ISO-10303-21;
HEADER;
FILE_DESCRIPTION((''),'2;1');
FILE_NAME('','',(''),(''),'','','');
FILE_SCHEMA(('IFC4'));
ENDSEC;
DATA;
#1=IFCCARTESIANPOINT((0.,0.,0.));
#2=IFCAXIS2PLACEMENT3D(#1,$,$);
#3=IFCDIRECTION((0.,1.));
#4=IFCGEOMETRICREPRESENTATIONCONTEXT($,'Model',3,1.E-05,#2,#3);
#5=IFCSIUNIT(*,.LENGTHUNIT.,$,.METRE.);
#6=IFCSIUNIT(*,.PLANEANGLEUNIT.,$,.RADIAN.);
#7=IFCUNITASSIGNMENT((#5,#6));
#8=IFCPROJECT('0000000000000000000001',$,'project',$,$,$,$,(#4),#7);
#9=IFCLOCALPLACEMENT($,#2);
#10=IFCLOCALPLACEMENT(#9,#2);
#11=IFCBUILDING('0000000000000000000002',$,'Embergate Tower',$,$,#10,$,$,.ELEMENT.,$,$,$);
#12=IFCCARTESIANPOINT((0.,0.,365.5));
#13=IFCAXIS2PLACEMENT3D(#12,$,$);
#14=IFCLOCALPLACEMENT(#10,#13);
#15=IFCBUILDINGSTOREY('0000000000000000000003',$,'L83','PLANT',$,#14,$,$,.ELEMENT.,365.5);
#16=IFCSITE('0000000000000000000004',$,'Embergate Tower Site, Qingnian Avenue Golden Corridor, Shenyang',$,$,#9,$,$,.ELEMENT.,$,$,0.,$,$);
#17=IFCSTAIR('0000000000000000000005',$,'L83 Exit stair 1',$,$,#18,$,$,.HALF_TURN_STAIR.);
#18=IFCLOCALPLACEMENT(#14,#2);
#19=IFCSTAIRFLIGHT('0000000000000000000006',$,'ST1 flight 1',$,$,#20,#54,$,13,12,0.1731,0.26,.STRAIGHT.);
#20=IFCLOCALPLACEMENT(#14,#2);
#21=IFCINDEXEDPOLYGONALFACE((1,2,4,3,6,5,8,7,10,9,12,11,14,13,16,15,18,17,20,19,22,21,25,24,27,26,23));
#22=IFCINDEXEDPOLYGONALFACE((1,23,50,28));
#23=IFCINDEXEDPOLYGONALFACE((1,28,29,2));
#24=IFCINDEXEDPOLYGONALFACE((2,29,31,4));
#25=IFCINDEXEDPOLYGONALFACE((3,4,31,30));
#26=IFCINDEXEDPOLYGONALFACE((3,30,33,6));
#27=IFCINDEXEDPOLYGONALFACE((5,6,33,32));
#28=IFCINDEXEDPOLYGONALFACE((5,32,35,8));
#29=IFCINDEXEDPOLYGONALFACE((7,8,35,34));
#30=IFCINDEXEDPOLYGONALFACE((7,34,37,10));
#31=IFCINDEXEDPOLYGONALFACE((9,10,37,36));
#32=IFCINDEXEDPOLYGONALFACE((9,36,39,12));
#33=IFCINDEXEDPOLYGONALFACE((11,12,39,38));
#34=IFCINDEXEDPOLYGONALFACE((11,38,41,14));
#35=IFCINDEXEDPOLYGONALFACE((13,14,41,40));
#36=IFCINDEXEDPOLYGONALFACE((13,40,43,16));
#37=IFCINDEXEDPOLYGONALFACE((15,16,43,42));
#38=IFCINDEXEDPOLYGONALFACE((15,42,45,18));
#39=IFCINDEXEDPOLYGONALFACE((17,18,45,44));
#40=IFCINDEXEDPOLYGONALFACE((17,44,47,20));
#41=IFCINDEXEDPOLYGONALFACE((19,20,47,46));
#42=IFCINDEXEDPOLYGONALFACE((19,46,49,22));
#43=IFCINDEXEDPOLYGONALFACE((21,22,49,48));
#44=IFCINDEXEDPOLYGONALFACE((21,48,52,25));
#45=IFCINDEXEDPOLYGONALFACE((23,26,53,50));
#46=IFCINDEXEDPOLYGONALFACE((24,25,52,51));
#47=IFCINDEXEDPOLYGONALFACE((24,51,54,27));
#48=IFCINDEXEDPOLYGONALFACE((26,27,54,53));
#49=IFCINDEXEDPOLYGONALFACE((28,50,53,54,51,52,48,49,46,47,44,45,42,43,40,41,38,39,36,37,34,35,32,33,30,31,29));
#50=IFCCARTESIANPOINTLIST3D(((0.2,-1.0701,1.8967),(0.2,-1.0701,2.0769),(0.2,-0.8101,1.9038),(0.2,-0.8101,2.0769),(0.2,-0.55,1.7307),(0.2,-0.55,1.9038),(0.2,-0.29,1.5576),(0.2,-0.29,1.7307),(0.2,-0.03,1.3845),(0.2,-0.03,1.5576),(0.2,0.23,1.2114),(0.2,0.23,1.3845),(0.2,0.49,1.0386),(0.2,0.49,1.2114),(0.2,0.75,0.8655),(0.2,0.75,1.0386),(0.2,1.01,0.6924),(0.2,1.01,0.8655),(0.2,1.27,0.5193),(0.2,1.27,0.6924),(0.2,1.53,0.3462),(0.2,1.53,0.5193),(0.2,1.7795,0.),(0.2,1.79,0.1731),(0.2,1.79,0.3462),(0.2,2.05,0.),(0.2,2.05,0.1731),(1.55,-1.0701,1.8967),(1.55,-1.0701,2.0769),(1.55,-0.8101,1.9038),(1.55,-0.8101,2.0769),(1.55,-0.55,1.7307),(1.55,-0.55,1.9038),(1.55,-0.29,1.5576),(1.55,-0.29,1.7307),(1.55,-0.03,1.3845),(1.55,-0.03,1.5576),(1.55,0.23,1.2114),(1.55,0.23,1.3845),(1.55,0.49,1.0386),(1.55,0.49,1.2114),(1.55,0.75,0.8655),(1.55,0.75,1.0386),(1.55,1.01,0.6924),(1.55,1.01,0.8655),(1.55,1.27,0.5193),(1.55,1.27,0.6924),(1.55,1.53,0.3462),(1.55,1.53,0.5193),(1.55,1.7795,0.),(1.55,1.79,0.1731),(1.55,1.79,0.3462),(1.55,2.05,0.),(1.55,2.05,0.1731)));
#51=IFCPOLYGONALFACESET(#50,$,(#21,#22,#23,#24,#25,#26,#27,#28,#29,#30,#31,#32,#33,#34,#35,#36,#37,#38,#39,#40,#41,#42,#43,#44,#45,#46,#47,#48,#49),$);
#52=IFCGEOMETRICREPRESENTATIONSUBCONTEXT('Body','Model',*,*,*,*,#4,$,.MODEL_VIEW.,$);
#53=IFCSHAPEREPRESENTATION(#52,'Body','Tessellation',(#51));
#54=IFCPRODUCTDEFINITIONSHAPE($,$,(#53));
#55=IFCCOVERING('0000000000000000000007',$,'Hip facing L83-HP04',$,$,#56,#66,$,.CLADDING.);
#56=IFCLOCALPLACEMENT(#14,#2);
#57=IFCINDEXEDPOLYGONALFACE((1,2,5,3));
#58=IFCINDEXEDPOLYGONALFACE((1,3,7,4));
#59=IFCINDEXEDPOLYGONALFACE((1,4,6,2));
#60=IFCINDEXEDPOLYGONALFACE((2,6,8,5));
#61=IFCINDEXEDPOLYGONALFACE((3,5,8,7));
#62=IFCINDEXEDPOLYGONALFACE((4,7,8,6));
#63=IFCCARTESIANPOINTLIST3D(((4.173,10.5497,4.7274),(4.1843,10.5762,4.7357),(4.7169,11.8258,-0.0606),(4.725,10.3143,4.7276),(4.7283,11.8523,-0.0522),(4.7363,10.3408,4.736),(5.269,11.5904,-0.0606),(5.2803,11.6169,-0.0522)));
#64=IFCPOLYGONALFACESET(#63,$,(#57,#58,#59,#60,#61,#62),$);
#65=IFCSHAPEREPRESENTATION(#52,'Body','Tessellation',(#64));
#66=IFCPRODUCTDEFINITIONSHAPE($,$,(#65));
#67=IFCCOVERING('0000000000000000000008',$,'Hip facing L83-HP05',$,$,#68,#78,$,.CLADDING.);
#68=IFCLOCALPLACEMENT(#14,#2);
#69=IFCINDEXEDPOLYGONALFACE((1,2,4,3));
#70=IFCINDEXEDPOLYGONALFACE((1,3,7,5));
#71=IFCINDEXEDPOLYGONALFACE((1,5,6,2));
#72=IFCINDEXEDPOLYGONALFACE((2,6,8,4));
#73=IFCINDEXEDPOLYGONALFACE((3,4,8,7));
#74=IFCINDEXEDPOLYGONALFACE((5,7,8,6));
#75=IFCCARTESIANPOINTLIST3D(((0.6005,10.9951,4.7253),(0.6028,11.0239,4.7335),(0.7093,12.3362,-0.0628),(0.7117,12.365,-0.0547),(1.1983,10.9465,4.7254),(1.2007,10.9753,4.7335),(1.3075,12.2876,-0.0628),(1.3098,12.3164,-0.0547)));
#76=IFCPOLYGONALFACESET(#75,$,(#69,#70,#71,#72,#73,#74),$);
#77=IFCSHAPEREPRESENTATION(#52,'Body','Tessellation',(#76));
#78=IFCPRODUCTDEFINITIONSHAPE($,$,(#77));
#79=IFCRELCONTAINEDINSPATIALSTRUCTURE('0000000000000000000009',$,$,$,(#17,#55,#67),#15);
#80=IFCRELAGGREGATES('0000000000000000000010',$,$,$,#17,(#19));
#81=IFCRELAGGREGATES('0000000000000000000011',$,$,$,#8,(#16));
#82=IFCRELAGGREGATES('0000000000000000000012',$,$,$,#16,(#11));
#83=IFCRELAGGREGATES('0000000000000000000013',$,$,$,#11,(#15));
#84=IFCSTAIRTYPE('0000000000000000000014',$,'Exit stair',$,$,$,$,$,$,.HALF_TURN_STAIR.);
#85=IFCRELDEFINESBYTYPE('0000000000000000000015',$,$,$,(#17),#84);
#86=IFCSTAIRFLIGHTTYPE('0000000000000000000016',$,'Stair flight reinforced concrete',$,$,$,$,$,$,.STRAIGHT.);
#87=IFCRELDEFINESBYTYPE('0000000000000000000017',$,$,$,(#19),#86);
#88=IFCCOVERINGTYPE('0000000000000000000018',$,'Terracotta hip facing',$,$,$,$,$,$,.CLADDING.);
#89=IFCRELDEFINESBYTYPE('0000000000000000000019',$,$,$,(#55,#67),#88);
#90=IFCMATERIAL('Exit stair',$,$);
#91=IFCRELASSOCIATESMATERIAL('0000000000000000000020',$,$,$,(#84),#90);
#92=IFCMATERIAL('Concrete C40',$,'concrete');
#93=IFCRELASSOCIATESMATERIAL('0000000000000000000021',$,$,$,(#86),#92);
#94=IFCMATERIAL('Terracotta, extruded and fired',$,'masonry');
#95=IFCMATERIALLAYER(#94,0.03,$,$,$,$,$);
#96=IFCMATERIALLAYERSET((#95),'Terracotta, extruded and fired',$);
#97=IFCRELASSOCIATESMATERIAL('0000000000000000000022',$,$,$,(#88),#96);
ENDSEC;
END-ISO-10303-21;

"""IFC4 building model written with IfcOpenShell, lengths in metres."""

from ifc_helpers import new_model, si_unit, direction, frame, origin, place, context, subcontext, project, spatial, polyline, outline, extrude, source, transform, mapped, material, layer, layer_set, type_object, element, aggregate, save


model = new_model("IFC4")

# Units and contexts
model_context = context("Model", 3, precision=1e-05, world=origin(), true_north=direction((0.0, 1.0)))
body_context = subcontext(model_context, "Body", "Model", "MODEL_VIEW")
ifc_project = project(units=[si_unit("LENGTHUNIT", "METRE"), si_unit("PLANEANGLEUNIT", "RADIAN")], contexts=[model_context])

# Site, building, storey
site_placement = place(None, origin())
site = spatial("IfcSite", under=ifc_project, at=site_placement, Name="Embergate Tower Site, Qingnian Avenue Golden Corridor, Shenyang", CompositionType="ELEMENT", RefElevation=0.0)
building_placement = place(site_placement, origin())
building = spatial("IfcBuilding", under=site, at=building_placement, Name="Embergate Tower", CompositionType="ELEMENT")
storey_placement = place(building_placement, frame((0.0, 0.0, 365.5)))
storey = spatial("IfcBuildingStorey", under=building, at=storey_placement, Name="L83", Description="PLANT", CompositionType="ELEMENT", Elevation=365.5)

# Stair, stair flight
ifc_material_1 = material(Name="Exit stair")
stair_type = type_object("IfcStairType", Name="Exit stair", PredefinedType="HALF_TURN_STAIR", material=ifc_material_1)
stair_placement = place(storey_placement, origin())
stair = element("IfcStair", 1, at=stair_placement, inside=storey, type_object=stair_type, Name="L83 Exit stair 1", PredefinedType="HALF_TURN_STAIR")
ifc_material_2 = material(Name="Concrete C40", Category="concrete")
stair_flight_type = type_object("IfcStairFlightType", Name="Stair flight reinforced concrete", PredefinedType="STRAIGHT", material=ifc_material_2)
shared_shape_1 = source(origin(), body_context, "Body", "SweptSolid", [
    extrude(outline(polyline([(0.0, 0.0), (0.0, 0.1731), (0.26, 0.1731), (0.26, 0.3462), (0.52, 0.3462), (0.52, 0.5193), (0.78, 0.5193), (0.78, 0.6924), (1.04, 0.6924), (1.04, 0.8655), (1.3, 0.8655), (1.3, 1.0386), (1.5601, 1.0386), (1.5601, 1.2114), (1.8201, 1.2114), (1.8201, 1.3845), (2.0801, 1.3845), (2.0801, 1.5576), (2.3401, 1.5576), (2.3401, 1.7307), (2.6001, 1.7307), (2.6001, 1.9038), (2.8601, 1.9038), (2.8601, 2.0769), (3.1201, 2.0769), (3.1201, 2.25), (3.1201, 1.8967), (0.2705, 0.0), (0.0, 0.0)])), frame((0.0, 0.675, 0.0), z_axis=(0.0, -1.0, 0.0), x_axis=(1.0, 0.0, 0.0)), (0.0, 0.0, 1.0), 1.3501),
])
stair_flight_placement = place(storey_placement, frame((0.875, 2.05, 0.0), z_axis=(0.0, 0.0, 1.0), x_axis=(0.0, -1.0, 0.0)))
stair_flight = element("IfcStairFlight", 2, at=stair_flight_placement, type_object=stair_flight_type, Name="ST1 flight 1", NumberOfRisers=13, NumberOfTreads=12, PredefinedType="STRAIGHT", RiserHeight=0.1731, TreadLength=0.26, context=body_context, shape_type="MappedRepresentation", body=[
    mapped(shared_shape_1, transform((0.0, 0.0, 0.0))),
])
aggregate(stair, [stair_flight])

# Coverings
ifc_material_3 = material(Name="Terracotta, extruded and fired", Category="masonry")
ifc_layer_1 = layer(ifc_material_3, 0.03)
ifc_layer_set_1 = layer_set([ifc_layer_1], Name="Terracotta, extruded and fired")
covering_type = type_object("IfcCoveringType", Name="Terracotta hip facing", PredefinedType="CLADDING", material=ifc_layer_set_1)
shared_shape_2 = source(origin(), body_context, "Body", "SweptSolid", [
    extrude(outline(polyline([(0.0, 0.0), (4.9851, 0.0), (4.9849, -0.6001), (0.0, -0.6001), (0.0, 0.0)])), origin(), (0.0, 0.0, -1.0), 0.03),
])
covering_1_placement = place(storey_placement, frame((5.2803, 11.6169, -0.0522), z_axis=(0.376708, 0.883545, 0.278278), x_axis=(-0.109117, -0.255993, 0.9605)))
element("IfcCovering", 3, at=covering_1_placement, inside=storey, type_object=covering_type, Name="Hip facing L83-HP04", PredefinedType="CLADDING", context=body_context, shape_type="MappedRepresentation", body=[
    mapped(shared_shape_2, transform((0.0, 0.0, 0.0))),
])
shared_shape_3 = source(origin(), body_context, "Body", "SweptSolid", [
    extrude(outline(polyline([(0.0, 0.0), (4.9736, 0.0), (4.9736, -0.5999), (0.0, -0.6001), (0.0, 0.0)])), origin(), (0.0, 0.0, -1.0), 0.03),
])
covering_2_placement = place(storey_placement, frame((1.3098, 12.3164, -0.0547), z_axis=(0.077955, 0.95955, 0.270529), x_axis=(-0.021942, -0.269638, 0.962712)))
element("IfcCovering", 4, at=covering_2_placement, inside=storey, type_object=covering_type, Name="Hip facing L83-HP05", PredefinedType="CLADDING", context=body_context, shape_type="MappedRepresentation", body=[
    mapped(shared_shape_3, transform((0.0, 0.0, 0.0))),
])

save(model, "model.ifc")
